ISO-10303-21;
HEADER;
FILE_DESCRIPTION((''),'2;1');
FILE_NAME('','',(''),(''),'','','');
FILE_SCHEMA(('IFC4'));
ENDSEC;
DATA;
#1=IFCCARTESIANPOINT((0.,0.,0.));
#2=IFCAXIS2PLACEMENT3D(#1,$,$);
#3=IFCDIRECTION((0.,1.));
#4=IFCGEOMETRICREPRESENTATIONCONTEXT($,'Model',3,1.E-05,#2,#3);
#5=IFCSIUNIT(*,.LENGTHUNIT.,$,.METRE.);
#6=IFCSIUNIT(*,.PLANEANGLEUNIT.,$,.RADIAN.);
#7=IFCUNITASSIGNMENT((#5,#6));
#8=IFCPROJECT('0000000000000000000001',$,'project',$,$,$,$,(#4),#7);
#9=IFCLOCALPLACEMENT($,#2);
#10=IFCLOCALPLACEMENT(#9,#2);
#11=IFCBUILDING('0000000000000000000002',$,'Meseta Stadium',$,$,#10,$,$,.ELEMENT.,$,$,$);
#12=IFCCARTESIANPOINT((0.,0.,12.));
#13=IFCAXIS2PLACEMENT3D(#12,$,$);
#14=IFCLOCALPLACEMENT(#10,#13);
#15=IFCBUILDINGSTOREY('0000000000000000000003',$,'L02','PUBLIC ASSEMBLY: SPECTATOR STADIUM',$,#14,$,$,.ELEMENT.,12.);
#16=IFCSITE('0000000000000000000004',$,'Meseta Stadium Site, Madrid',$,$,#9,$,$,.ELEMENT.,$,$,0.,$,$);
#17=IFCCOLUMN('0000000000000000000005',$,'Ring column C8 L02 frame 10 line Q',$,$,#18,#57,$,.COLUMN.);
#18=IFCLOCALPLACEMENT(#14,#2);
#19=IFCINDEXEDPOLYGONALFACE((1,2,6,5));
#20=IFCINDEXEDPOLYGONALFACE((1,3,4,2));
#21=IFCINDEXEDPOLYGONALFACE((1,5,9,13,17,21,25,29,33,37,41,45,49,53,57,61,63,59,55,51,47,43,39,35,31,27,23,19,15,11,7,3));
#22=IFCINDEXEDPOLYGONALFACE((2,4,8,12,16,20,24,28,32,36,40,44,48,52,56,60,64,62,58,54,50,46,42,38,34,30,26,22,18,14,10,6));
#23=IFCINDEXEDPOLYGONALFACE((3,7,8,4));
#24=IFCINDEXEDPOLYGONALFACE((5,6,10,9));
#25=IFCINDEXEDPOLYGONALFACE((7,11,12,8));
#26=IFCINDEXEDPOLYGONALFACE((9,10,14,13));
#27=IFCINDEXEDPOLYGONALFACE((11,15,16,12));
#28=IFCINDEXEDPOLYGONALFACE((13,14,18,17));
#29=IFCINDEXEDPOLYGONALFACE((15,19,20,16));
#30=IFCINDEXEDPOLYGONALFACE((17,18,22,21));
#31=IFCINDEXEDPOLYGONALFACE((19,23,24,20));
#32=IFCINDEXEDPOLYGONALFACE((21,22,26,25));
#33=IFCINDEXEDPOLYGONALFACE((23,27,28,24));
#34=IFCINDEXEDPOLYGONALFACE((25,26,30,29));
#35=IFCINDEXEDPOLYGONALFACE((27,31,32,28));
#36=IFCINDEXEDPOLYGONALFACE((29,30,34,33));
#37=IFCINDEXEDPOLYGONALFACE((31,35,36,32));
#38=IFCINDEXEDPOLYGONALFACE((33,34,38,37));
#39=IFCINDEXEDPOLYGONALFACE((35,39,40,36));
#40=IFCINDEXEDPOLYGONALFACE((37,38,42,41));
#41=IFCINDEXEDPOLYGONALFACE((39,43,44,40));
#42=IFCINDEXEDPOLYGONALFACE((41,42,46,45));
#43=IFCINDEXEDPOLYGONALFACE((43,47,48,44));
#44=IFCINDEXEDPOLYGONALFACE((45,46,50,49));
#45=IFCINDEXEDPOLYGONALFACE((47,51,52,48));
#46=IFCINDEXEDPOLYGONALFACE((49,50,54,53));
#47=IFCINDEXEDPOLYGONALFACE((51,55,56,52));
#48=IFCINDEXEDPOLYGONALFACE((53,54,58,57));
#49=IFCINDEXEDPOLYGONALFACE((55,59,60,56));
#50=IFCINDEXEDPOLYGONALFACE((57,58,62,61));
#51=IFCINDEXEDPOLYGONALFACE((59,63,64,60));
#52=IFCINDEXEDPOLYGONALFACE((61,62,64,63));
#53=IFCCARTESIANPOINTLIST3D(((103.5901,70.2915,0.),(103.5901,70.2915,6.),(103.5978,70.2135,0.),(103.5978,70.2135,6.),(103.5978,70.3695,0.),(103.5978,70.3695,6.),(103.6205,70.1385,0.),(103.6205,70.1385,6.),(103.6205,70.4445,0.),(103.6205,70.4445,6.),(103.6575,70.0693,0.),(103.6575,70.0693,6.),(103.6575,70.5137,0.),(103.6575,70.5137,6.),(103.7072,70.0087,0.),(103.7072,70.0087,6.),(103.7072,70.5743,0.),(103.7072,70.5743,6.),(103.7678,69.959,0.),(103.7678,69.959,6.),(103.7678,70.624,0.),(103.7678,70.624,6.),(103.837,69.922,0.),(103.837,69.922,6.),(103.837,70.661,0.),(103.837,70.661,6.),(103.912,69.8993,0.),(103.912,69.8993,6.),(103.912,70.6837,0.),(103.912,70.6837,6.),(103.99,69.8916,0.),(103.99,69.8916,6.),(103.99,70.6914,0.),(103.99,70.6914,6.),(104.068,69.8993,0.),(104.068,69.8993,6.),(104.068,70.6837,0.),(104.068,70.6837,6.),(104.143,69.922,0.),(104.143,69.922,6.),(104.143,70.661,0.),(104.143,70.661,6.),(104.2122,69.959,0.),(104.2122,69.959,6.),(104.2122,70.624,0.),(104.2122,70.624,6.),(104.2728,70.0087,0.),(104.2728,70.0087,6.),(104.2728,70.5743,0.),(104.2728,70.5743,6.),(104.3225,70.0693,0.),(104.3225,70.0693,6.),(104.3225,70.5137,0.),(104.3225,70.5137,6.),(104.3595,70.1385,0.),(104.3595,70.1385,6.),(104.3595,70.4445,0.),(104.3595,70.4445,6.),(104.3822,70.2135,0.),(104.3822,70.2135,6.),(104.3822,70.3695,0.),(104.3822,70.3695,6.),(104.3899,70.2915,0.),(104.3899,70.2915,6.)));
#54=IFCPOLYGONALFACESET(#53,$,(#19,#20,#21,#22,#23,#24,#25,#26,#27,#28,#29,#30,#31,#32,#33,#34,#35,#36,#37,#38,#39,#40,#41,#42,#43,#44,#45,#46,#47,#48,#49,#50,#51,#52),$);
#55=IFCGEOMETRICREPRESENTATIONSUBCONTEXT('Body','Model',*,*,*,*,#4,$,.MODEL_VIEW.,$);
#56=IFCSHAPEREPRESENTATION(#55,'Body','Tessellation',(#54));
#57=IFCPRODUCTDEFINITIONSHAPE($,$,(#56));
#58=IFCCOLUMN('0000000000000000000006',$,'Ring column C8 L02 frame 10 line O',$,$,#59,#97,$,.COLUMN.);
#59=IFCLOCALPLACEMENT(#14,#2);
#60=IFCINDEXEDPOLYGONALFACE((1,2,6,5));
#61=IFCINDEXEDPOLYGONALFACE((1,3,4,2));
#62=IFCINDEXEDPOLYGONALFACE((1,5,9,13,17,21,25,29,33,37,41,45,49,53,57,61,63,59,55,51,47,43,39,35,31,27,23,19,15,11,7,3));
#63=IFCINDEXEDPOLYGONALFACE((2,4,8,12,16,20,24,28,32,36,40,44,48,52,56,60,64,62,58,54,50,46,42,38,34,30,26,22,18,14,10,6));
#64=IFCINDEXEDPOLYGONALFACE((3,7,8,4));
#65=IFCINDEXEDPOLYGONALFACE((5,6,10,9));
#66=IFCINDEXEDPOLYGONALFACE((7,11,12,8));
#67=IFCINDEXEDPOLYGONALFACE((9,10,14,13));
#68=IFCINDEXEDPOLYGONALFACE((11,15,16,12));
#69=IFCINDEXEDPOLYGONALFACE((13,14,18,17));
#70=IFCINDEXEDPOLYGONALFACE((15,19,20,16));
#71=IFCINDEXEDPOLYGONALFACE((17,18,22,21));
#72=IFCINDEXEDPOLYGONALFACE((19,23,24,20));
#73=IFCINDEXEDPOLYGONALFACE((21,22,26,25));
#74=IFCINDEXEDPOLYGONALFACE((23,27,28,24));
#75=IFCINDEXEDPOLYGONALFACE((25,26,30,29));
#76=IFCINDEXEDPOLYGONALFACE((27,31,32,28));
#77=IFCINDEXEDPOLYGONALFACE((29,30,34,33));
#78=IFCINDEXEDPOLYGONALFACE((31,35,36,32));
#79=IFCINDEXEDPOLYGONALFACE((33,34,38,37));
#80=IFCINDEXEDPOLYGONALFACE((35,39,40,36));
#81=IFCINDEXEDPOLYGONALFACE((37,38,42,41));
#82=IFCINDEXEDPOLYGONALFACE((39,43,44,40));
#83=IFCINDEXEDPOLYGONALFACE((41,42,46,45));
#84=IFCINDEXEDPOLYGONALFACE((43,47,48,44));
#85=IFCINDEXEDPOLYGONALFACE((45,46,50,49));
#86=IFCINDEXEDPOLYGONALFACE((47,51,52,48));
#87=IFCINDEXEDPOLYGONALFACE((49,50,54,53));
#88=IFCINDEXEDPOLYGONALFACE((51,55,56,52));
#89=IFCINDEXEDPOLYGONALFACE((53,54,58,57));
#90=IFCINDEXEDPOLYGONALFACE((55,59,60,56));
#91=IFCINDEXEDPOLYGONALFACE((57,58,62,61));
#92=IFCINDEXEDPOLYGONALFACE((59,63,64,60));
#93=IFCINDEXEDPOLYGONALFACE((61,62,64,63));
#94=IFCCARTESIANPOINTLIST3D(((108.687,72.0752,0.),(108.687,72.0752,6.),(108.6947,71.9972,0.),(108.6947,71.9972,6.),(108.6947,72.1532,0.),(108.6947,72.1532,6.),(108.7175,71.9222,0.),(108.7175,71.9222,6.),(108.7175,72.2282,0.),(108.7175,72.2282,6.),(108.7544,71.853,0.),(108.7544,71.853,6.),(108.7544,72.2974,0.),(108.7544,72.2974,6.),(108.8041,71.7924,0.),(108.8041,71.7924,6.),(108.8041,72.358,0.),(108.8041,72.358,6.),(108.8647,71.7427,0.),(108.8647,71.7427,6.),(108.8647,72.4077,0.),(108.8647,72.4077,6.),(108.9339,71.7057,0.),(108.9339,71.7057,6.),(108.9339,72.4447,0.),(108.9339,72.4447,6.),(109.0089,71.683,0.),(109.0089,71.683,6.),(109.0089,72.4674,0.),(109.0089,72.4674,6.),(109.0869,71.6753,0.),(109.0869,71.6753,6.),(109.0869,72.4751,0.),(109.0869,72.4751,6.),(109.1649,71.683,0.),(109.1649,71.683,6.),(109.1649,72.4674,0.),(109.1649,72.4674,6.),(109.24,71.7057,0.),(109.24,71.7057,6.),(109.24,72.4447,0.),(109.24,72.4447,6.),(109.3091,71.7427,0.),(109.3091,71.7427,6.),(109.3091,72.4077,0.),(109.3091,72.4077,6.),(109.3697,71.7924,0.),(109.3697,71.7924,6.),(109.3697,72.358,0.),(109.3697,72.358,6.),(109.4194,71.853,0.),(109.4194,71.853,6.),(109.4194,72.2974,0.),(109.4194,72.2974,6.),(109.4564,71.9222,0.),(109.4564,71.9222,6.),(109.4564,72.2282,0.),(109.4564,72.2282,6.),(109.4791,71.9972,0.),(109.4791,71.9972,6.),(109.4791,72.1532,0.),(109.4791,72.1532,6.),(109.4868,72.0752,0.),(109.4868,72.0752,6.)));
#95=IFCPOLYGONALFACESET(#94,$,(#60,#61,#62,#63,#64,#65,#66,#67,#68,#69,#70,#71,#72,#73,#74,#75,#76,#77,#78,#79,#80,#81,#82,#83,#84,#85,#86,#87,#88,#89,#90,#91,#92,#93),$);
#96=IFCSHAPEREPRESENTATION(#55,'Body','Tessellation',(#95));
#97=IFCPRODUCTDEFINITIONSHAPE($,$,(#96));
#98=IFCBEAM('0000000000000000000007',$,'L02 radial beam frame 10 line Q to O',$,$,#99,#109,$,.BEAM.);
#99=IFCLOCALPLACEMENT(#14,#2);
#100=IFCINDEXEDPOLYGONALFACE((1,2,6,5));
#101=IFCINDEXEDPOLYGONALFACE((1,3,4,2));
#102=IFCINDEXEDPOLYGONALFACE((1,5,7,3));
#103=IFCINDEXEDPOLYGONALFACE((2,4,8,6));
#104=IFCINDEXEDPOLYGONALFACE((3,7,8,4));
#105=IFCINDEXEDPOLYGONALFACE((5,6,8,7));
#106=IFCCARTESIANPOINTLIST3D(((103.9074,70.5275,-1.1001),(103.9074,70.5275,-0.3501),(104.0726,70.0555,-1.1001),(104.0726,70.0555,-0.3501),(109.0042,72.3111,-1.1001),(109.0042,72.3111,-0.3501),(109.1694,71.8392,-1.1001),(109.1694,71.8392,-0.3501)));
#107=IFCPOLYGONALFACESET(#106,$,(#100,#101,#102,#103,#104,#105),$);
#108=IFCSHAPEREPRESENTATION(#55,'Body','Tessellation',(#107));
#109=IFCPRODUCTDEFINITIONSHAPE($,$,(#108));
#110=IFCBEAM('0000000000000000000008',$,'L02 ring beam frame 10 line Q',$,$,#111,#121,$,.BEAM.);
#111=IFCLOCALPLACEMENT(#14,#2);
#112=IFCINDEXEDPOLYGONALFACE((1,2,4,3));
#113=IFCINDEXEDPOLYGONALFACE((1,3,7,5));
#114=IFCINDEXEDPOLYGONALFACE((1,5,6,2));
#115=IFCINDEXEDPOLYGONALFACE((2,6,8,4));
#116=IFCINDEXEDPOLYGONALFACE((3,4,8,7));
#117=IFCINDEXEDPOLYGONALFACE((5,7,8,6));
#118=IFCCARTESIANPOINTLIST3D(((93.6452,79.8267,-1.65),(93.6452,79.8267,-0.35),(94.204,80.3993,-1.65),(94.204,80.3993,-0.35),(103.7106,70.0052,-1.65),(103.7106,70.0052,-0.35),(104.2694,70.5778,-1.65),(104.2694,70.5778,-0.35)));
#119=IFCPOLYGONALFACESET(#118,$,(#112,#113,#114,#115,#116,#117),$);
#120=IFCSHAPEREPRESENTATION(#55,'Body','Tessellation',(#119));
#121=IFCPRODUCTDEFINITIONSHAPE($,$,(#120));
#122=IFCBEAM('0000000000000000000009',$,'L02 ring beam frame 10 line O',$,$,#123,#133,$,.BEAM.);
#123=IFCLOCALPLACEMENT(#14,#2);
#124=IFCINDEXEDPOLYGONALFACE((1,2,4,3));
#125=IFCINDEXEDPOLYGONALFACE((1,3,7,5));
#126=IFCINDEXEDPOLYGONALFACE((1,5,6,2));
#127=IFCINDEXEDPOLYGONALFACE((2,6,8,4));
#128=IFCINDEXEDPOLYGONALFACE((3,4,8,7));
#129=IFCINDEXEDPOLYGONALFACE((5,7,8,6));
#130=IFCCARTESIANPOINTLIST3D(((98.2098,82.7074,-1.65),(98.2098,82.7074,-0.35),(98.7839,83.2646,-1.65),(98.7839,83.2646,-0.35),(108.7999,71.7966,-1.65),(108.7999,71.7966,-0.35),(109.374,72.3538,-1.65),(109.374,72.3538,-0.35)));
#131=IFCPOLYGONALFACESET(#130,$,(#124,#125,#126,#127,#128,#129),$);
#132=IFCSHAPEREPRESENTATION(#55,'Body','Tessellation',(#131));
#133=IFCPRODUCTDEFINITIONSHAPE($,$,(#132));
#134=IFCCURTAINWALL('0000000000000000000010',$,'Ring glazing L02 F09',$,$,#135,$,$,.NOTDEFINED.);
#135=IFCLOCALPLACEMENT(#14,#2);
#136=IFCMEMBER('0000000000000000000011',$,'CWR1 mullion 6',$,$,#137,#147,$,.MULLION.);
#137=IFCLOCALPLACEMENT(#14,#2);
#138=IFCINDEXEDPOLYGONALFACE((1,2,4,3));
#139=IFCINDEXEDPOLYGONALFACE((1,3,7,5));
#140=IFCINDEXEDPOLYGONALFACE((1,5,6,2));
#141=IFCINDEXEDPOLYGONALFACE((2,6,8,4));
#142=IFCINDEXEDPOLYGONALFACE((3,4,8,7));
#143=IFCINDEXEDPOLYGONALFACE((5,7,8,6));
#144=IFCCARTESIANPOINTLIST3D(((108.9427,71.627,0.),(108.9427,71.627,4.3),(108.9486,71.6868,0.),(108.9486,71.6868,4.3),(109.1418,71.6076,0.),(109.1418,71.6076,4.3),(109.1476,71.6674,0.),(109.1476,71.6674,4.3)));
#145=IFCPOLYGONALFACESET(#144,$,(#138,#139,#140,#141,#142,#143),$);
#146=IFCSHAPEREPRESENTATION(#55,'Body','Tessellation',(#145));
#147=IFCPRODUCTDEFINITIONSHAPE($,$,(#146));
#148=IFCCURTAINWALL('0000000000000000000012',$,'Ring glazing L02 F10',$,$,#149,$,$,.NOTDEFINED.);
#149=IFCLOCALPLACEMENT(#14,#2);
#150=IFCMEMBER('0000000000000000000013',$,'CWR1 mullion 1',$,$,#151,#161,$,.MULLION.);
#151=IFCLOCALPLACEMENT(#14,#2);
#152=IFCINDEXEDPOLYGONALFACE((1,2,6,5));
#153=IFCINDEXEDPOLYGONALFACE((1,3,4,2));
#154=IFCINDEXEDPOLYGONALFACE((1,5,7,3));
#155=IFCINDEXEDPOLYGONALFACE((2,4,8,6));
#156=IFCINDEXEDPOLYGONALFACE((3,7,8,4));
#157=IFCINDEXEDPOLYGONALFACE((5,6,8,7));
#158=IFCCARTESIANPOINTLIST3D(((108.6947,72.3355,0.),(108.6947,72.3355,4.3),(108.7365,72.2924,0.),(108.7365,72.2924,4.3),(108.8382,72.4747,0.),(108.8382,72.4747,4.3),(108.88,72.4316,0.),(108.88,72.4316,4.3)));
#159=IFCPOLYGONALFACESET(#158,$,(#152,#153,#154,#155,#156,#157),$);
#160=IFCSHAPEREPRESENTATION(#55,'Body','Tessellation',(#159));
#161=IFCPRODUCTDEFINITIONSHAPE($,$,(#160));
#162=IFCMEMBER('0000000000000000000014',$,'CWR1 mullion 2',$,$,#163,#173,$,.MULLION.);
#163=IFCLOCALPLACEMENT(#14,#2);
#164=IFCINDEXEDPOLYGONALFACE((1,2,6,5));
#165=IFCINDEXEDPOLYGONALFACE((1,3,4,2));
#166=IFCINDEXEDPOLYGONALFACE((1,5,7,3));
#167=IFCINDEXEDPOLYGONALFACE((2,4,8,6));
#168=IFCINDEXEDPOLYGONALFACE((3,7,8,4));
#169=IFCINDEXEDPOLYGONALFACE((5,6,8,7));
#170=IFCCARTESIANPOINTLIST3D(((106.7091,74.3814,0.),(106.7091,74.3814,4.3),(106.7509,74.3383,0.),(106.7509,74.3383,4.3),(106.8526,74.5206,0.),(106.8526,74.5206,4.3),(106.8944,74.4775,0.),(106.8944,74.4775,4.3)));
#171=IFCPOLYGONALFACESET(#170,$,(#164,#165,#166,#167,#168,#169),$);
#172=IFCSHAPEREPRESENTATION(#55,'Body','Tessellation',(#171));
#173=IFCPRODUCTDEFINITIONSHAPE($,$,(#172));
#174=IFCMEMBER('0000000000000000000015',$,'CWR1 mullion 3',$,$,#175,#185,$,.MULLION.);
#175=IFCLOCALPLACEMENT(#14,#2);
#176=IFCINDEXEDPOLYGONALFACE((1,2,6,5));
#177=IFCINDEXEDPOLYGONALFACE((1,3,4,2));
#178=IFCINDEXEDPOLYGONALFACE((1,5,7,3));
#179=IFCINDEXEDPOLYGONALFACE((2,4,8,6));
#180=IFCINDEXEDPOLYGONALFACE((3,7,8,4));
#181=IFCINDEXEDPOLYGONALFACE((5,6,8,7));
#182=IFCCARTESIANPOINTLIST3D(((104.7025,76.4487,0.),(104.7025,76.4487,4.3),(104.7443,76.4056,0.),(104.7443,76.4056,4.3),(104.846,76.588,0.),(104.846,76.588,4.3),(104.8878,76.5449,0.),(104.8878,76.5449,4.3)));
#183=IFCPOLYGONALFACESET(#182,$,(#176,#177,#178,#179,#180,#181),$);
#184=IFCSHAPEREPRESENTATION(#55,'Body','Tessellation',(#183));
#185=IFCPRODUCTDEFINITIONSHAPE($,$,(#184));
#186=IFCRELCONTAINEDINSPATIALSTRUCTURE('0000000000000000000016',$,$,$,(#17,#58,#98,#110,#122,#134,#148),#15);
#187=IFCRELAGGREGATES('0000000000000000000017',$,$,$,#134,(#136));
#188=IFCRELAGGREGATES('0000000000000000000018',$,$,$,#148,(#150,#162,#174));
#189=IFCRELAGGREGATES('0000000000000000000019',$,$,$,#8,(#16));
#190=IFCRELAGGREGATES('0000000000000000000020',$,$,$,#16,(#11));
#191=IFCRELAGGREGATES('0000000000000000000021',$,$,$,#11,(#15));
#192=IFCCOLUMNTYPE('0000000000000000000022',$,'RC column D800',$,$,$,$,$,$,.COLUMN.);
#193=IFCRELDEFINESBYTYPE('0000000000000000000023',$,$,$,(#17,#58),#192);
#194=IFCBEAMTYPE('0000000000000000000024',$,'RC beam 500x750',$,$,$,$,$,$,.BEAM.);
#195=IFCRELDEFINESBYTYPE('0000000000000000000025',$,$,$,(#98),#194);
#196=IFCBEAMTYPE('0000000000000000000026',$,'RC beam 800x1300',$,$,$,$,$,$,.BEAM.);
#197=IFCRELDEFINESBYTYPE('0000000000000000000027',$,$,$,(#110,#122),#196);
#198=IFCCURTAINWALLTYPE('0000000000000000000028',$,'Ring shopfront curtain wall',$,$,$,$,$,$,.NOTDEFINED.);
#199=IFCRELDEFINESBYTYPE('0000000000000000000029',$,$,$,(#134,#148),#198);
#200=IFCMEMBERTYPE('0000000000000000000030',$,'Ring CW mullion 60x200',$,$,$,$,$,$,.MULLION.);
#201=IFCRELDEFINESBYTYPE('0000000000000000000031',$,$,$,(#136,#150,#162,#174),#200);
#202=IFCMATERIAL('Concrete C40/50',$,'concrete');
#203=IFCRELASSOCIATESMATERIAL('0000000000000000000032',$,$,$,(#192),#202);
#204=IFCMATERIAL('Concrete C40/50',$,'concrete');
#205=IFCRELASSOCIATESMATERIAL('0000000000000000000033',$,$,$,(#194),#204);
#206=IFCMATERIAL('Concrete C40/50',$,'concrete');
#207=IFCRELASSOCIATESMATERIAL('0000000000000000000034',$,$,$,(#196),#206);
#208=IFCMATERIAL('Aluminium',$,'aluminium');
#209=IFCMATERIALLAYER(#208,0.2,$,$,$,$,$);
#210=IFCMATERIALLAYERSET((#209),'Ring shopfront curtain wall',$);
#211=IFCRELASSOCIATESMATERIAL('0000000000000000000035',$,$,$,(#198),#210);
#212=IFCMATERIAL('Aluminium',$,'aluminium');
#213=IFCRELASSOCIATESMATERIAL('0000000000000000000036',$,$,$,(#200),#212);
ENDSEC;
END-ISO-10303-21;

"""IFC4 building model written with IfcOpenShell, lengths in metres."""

from ifc_helpers import new_model, si_unit, direction, frame, origin, origin_2d, place, context, subcontext, project, spatial, rectangle, circle, extrude, material, layer, layer_set, material_profile, profile_set, type_object, element, aggregate, save


model = new_model("IFC4")

# Units and contexts
model_context = context("Model", 3, precision=1e-05, world=origin(), true_north=direction((0.0, 1.0)))
body_context = subcontext(model_context, "Body", "Model", "MODEL_VIEW")
ifc_project = project(units=[si_unit("LENGTHUNIT", "METRE"), si_unit("PLANEANGLEUNIT", "RADIAN")], contexts=[model_context])

# Site, building, storey
site_placement = place(None, origin())
site = spatial("IfcSite", under=ifc_project, at=site_placement, Name="Meseta Stadium Site, Madrid", CompositionType="ELEMENT", RefElevation=0.0)
building_placement = place(site_placement, origin())
building = spatial("IfcBuilding", under=site, at=building_placement, Name="Meseta Stadium", CompositionType="ELEMENT")
storey_placement = place(building_placement, frame((0.0, 0.0, 12.0)))
storey = spatial("IfcBuildingStorey", under=building, at=storey_placement, Name="L02", Description="PUBLIC ASSEMBLY: SPECTATOR STADIUM", CompositionType="ELEMENT", Elevation=12.0)

# Columns
ifc_material_1 = material(Name="Concrete C40/50", Category="concrete")
ifc_material_profile_1 = material_profile(ifc_material_1, circle(Radius=0.3999, at=origin_2d()), Name="RC D800")
ifc_profile_set_1 = profile_set([ifc_material_profile_1], Name="Concrete C40/50")
column_type = type_object("IfcColumnType", Name="RC column D800", PredefinedType="COLUMN", material=ifc_profile_set_1)
for number, where, z_axis, x_axis, name in (
    (1, (103.99, 70.2915, 0.0), (0.0, 0.0, 1.0), (1.0, 0.0, 0.0), "Ring column C8 L02 frame 10 line Q"),
    (2, (109.0869, 72.0752, 0.0), (0.0, 0.0, 1.0), (1.0, 0.0, 0.0), "Ring column C8 L02 frame 10 line O"),
):
    element("IfcColumn", number, at=place(storey_placement, frame(where, z_axis=z_axis, x_axis=x_axis)), inside=storey, type_object=column_type, Name=name, PredefinedType="COLUMN", context=body_context, shape_type="SweptSolid", body=[
        extrude(circle(Radius=0.3999, at=origin_2d()), origin(), (0.0, 0.0, 1.0), 6.0),
    ])

# Beams
ifc_material_2 = material(Name="Concrete C40/50", Category="concrete")
ifc_material_profile_2 = material_profile(ifc_material_2, rectangle(XDim=0.5, YDim=0.75, at=origin_2d()), Name="RC 500x750")
ifc_profile_set_2 = profile_set([ifc_material_profile_2], Name="Concrete C40/50")
beam_type_1 = type_object("IfcBeamType", Name="RC beam 500x750", PredefinedType="BEAM", material=ifc_profile_set_2)
beam_1_placement = place(storey_placement, frame((103.99, 70.2915, -0.7251), z_axis=(0.943872, 0.330312, 0.0), x_axis=(-0.330312, 0.943872, 0.0)))
element("IfcBeam", 3, at=beam_1_placement, inside=storey, type_object=beam_type_1, Name="L02 radial beam frame 10 line Q to O", PredefinedType="BEAM", context=body_context, shape_type="SweptSolid", body=[
    extrude(rectangle(XDim=0.5, YDim=0.75, at=origin_2d()), origin(), (0.0, 0.0, 1.0), 5.3999),
])
ifc_material_3 = material(Name="Concrete C40/50", Category="concrete")
ifc_material_profile_3 = material_profile(ifc_material_3, rectangle(XDim=0.8, YDim=1.3, at=origin_2d()), Name="RC 800x1300")
ifc_profile_set_3 = profile_set([ifc_material_profile_3], Name="Concrete C40/50")
beam_type_2 = type_object("IfcBeamType", Name="RC beam 800x1300", PredefinedType="BEAM", material=ifc_profile_set_3)
beam_2_placement = place(storey_placement, frame((103.99, 70.2915, -1.0), z_axis=(-0.715725, 0.698382, 0.0), x_axis=(-0.698382, -0.715725, 0.0)))
element("IfcBeam", 4, at=beam_2_placement, inside=storey, type_object=beam_type_2, Name="L02 ring beam frame 10 line Q", PredefinedType="BEAM", context=body_context, shape_type="SweptSolid", body=[
    extrude(rectangle(XDim=0.8, YDim=1.3, at=origin_2d()), origin(), (0.0, 0.0, 1.0), 14.0632),
])
beam_3_placement = place(storey_placement, frame((109.0869, 72.0752, -1.0), z_axis=(-0.696479, 0.717577, 0.0), x_axis=(-0.717577, -0.696479, 0.0)))
element("IfcBeam", 5, at=beam_3_placement, inside=storey, type_object=beam_type_2, Name="L02 ring beam frame 10 line O", PredefinedType="BEAM", context=body_context, shape_type="SweptSolid", body=[
    extrude(rectangle(XDim=0.8, YDim=1.3, at=origin_2d()), origin(), (0.0, 0.0, 1.0), 15.2051),
])

# Curtain wall, member
ifc_material_4 = material(Name="Aluminium", Category="aluminium")
ifc_layer_1 = layer(ifc_material_4, 0.2)
ifc_layer_set_1 = layer_set([ifc_layer_1], Name="Ring shopfront curtain wall")
curtain_wall_type = type_object("IfcCurtainWallType", Name="Ring shopfront curtain wall", PredefinedType="NOTDEFINED", material=ifc_layer_set_1)
curtain_wall_1_placement = place(storey_placement, origin())
curtain_wall_1 = element("IfcCurtainWall", 6, at=curtain_wall_1_placement, inside=storey, type_object=curtain_wall_type, Name="Ring glazing L02 F09", PredefinedType="NOTDEFINED")
ifc_material_5 = material(Name="Aluminium", Category="aluminium")
ifc_material_profile_4 = material_profile(ifc_material_5, rectangle(XDim=0.2, YDim=0.0601, at=origin_2d()), Name="CW 200x60")
ifc_profile_set_4 = profile_set([ifc_material_profile_4], Name="Aluminium")
member_type_1 = type_object("IfcMemberType", Name="Ring CW mullion 60x200", PredefinedType="MULLION", material=ifc_profile_set_4)
member_1_placement = place(storey_placement, frame((109.0452, 71.6472, 0.0), z_axis=(0.0, 0.0, 1.0), x_axis=(-0.995272, 0.097125, 0.0)))
member_1 = element("IfcMember", 7, at=member_1_placement, type_object=member_type_1, Name="CWR1 mullion 6", PredefinedType="MULLION", context=body_context, shape_type="SweptSolid", body=[
    extrude(rectangle(XDim=0.2, YDim=0.0601, at=origin_2d()), origin(), (0.0, 0.0, 1.0), 4.3),
])

# Curtain wall, members
curtain_wall_2_placement = place(storey_placement, origin())
curtain_wall_2 = element("IfcCurtainWall", 8, at=curtain_wall_2_placement, inside=storey, type_object=curtain_wall_type, Name="Ring glazing L02 F10", PredefinedType="NOTDEFINED")
member_2_placement = place(storey_placement, frame((108.7874, 72.3835, 0.0), z_axis=(0.0, 0.0, 1.0), x_axis=(-0.717583, -0.696473, 0.0)))
member_2 = element("IfcMember", 9, at=member_2_placement, type_object=member_type_1, Name="CWR1 mullion 1", PredefinedType="MULLION", context=body_context, shape_type="SweptSolid", body=[
    extrude(rectangle(XDim=0.2, YDim=0.0601, at=origin_2d()), origin(), (0.0, 0.0, 1.0), 4.3),
])
member_3_placement = place(storey_placement, frame((106.8018, 74.4294, 0.0), z_axis=(0.0, 0.0, 1.0), x_axis=(-0.717583, -0.696473, 0.0)))
member_3 = element("IfcMember", 10, at=member_3_placement, type_object=member_type_1, Name="CWR1 mullion 2", PredefinedType="MULLION", context=body_context, shape_type="SweptSolid", body=[
    extrude(rectangle(XDim=0.2, YDim=0.0601, at=origin_2d()), origin(), (0.0, 0.0, 1.0), 4.3),
])
member_4_placement = place(storey_placement, frame((104.7952, 76.4968, 0.0), z_axis=(0.0, 0.0, 1.0), x_axis=(-0.717583, -0.696473, 0.0)))
member_4 = element("IfcMember", 11, at=member_4_placement, type_object=member_type_1, Name="CWR1 mullion 3", PredefinedType="MULLION", context=body_context, shape_type="SweptSolid", body=[
    extrude(rectangle(XDim=0.2, YDim=0.0601, at=origin_2d()), origin(), (0.0, 0.0, 1.0), 4.3),
])

aggregate(curtain_wall_1, [member_1])
aggregate(curtain_wall_2, [member_2, member_3, member_4])

save(model, "model.ifc")
